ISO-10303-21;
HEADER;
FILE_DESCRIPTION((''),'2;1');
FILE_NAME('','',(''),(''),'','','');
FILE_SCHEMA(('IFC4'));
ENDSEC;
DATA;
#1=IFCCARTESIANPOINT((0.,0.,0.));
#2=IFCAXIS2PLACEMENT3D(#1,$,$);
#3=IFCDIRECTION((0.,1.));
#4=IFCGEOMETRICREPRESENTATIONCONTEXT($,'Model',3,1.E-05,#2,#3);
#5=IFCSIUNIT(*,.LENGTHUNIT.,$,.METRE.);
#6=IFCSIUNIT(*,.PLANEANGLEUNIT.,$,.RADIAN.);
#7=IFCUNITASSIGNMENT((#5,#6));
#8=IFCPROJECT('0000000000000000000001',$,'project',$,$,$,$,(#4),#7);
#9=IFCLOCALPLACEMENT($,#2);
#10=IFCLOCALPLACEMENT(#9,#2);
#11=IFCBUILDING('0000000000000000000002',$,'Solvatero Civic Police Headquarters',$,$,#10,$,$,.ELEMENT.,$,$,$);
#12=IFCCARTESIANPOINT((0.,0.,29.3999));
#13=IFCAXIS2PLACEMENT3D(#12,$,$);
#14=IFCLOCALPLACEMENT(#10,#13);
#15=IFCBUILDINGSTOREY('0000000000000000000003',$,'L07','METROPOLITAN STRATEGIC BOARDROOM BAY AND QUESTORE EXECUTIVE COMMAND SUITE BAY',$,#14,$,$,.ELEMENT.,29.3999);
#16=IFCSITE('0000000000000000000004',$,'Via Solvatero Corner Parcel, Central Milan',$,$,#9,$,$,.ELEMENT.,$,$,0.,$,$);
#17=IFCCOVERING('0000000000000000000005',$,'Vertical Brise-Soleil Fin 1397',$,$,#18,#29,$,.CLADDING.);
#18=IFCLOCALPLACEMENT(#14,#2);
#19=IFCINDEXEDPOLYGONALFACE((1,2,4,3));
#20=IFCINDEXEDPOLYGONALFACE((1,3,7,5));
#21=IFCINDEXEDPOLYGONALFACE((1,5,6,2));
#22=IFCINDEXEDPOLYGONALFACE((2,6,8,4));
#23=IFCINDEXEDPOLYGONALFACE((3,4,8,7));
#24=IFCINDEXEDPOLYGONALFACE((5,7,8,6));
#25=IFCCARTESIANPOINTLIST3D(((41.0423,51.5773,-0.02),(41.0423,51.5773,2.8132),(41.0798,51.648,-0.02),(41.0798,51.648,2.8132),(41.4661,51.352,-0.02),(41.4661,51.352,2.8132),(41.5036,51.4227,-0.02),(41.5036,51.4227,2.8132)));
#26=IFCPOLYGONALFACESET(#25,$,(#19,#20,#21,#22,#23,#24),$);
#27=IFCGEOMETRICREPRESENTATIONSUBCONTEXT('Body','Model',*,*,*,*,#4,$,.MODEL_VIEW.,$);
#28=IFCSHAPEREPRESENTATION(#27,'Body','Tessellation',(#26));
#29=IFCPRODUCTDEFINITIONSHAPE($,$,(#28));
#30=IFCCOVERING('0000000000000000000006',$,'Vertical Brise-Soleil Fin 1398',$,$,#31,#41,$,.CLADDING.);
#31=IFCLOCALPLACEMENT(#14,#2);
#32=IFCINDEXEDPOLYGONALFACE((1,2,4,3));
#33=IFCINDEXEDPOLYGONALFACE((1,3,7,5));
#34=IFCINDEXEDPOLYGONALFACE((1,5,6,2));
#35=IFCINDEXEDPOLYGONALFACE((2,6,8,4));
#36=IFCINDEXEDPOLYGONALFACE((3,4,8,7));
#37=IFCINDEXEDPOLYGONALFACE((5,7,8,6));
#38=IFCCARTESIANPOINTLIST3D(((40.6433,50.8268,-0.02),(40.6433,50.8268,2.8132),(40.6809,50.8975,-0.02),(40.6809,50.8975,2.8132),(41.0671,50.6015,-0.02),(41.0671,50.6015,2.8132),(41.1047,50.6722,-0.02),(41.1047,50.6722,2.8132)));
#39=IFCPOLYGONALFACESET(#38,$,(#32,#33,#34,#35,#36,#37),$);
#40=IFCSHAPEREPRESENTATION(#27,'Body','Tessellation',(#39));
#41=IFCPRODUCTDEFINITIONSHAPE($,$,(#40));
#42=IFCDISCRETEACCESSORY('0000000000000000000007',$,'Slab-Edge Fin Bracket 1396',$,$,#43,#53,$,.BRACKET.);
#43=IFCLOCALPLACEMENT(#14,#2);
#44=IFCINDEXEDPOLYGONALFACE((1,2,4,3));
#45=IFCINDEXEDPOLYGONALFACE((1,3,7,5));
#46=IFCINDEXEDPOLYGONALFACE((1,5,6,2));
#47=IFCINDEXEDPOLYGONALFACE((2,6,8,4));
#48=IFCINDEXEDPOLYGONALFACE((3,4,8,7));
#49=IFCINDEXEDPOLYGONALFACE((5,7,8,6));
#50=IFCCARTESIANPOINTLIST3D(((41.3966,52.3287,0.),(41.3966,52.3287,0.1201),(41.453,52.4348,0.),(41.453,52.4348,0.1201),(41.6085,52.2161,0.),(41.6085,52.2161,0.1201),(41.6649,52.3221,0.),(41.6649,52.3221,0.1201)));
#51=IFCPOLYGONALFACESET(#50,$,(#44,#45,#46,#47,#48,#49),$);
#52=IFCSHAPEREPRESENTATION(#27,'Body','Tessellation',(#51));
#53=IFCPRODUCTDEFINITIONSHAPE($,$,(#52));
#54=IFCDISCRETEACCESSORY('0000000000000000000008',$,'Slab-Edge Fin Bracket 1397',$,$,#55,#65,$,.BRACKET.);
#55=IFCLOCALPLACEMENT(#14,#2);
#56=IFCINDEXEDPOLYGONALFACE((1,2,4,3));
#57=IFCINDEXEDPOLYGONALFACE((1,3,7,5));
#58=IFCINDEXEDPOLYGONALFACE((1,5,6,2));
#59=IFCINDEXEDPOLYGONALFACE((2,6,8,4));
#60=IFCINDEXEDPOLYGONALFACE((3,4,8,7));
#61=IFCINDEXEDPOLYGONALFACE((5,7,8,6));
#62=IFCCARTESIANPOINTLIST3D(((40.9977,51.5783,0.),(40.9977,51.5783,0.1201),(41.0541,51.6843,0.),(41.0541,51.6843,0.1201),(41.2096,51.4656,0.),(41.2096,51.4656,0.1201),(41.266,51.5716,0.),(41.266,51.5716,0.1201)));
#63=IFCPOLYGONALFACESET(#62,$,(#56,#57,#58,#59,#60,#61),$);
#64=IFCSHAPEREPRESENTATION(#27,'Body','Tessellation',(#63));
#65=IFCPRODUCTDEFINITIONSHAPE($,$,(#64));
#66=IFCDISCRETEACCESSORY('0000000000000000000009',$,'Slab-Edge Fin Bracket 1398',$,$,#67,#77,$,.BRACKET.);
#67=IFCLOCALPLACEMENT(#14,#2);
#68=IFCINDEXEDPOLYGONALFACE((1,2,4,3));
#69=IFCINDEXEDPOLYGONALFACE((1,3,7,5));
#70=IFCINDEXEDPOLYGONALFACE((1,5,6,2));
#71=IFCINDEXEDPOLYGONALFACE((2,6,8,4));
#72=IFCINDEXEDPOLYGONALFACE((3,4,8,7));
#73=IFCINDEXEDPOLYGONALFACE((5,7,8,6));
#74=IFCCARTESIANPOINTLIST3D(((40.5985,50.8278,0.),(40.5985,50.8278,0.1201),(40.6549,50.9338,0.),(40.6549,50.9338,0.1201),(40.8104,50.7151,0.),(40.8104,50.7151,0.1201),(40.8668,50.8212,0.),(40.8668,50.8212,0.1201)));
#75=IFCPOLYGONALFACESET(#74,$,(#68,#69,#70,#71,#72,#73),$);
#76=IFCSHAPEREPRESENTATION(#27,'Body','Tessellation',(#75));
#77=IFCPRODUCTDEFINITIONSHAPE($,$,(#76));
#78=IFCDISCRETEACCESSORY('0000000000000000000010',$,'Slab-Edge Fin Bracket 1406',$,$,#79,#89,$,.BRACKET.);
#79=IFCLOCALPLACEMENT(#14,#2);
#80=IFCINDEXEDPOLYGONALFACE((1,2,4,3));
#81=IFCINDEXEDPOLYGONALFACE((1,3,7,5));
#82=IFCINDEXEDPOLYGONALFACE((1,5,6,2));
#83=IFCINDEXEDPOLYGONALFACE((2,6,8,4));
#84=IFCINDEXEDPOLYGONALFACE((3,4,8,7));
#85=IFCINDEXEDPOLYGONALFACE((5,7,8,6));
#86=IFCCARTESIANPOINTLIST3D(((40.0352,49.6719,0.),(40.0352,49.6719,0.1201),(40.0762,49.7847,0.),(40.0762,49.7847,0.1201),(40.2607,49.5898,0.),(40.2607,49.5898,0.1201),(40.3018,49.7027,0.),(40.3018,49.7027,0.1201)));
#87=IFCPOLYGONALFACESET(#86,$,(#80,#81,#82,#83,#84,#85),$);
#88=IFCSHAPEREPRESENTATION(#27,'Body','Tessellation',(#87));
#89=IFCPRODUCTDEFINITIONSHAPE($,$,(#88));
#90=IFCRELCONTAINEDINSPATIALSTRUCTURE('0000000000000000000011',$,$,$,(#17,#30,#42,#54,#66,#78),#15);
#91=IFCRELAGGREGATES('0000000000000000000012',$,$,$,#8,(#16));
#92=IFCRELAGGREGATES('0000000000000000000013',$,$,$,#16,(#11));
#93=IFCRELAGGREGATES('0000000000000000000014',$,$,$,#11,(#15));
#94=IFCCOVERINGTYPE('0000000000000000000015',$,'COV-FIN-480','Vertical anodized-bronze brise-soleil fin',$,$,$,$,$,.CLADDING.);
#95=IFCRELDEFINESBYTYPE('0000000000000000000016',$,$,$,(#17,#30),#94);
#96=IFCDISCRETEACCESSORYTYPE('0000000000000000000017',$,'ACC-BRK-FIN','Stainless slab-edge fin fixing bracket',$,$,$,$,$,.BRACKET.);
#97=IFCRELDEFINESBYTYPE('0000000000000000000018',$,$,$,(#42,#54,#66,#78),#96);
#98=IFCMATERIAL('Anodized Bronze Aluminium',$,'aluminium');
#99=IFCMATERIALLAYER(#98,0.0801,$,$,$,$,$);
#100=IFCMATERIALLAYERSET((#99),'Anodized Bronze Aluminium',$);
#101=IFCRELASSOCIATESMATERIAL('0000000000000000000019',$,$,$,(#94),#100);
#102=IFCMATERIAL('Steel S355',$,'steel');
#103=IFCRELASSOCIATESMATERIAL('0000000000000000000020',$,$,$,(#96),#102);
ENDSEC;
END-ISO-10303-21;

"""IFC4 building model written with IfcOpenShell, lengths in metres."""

from ifc_helpers import new_model, si_unit, direction, frame, origin, origin_2d, place, context, subcontext, project, spatial, rectangle, extrude, material, layer, layer_set, type_object, element, save


model = new_model("IFC4")

# Units and contexts
model_context = context("Model", 3, precision=1e-05, world=origin(), true_north=direction((0.0, 1.0)))
body_context = subcontext(model_context, "Body", "Model", "MODEL_VIEW")
ifc_project = project(units=[si_unit("LENGTHUNIT", "METRE"), si_unit("PLANEANGLEUNIT", "RADIAN")], contexts=[model_context])

# Site, building, storey
site_placement = place(None, origin())
site = spatial("IfcSite", under=ifc_project, at=site_placement, Name="Via Solvatero Corner Parcel, Central Milan", CompositionType="ELEMENT", RefElevation=0.0)
building_placement = place(site_placement, origin())
building = spatial("IfcBuilding", under=site, at=building_placement, Name="Solvatero Civic Police Headquarters", CompositionType="ELEMENT")
storey_placement = place(building_placement, frame((0.0, 0.0, 29.3999)))
storey = spatial("IfcBuildingStorey", under=building, at=storey_placement, Name="L07", Description="METROPOLITAN STRATEGIC BOARDROOM BAY AND QUESTORE EXECUTIVE COMMAND SUITE BAY", CompositionType="ELEMENT", Elevation=29.3999)

# Shared definitions
ifc_material_1 = material(Name="Anodized Bronze Aluminium", Category="aluminium")

# Coverings
ifc_layer_1 = layer(ifc_material_1, 0.0801)
ifc_layer_set_1 = layer_set([ifc_layer_1], Name="Anodized Bronze Aluminium")
covering_type = type_object("IfcCoveringType", Name="COV-FIN-480", Description="Vertical anodized-bronze brise-soleil fin", PredefinedType="CLADDING", material=ifc_layer_set_1)
for number, where, z_axis, x_axis, name in (
    (1, (41.2729, 51.5, -0.02), (0.0, 0.0, 1.0), (-0.469472, -0.882948, 0.0), "Vertical Brise-Soleil Fin 1397"),
    (2, (40.874, 50.7495, -0.02), (0.0, 0.0, 1.0), (-0.469472, -0.882948, 0.0), "Vertical Brise-Soleil Fin 1398"),
):
    element("IfcCovering", number, at=place(storey_placement, frame(where, z_axis=z_axis, x_axis=x_axis)), inside=storey, type_object=covering_type, Name=name, PredefinedType="CLADDING", context=body_context, shape_type="SweptSolid", body=[
        extrude(rectangle(XDim=0.0801, YDim=0.48, at=origin_2d()), origin(), (0.0, 0.0, 1.0), 2.8333),
    ])

# Discrete accessories
ifc_material_2 = material(Name="Steel S355", Category="steel")
discrete_accessory_type = type_object("IfcDiscreteAccessoryType", Name="ACC-BRK-FIN", Description="Stainless slab-edge fin fixing bracket", PredefinedType="BRACKET", material=ifc_material_2)
for number, where, z_axis, x_axis, name in (
    (3, (41.5308, 52.3254, 0.0), (0.0, 0.0, 1.0), (-0.469472, -0.882948, 0.0), "Slab-Edge Fin Bracket 1396"),
    (4, (41.1318, 51.575, 0.0), (0.0, 0.0, 1.0), (-0.469472, -0.882948, 0.0), "Slab-Edge Fin Bracket 1397"),
    (5, (40.7327, 50.8245, 0.0), (0.0, 0.0, 1.0), (-0.469472, -0.882948, 0.0), "Slab-Edge Fin Bracket 1398"),
    (6, (40.1685, 49.6873, 0.0), (0.0, 0.0, 1.0), (-0.34202, -0.939693, 0.0), "Slab-Edge Fin Bracket 1406"),
):
    element("IfcDiscreteAccessory", number, at=place(storey_placement, frame(where, z_axis=z_axis, x_axis=x_axis)), inside=storey, type_object=discrete_accessory_type, Name=name, PredefinedType="BRACKET", context=body_context, shape_type="SweptSolid", body=[
        extrude(rectangle(XDim=0.1201, YDim=0.24, at=origin_2d()), origin(), (0.0, 0.0, 1.0), 0.1201),
    ])

save(model, "model.ifc")
